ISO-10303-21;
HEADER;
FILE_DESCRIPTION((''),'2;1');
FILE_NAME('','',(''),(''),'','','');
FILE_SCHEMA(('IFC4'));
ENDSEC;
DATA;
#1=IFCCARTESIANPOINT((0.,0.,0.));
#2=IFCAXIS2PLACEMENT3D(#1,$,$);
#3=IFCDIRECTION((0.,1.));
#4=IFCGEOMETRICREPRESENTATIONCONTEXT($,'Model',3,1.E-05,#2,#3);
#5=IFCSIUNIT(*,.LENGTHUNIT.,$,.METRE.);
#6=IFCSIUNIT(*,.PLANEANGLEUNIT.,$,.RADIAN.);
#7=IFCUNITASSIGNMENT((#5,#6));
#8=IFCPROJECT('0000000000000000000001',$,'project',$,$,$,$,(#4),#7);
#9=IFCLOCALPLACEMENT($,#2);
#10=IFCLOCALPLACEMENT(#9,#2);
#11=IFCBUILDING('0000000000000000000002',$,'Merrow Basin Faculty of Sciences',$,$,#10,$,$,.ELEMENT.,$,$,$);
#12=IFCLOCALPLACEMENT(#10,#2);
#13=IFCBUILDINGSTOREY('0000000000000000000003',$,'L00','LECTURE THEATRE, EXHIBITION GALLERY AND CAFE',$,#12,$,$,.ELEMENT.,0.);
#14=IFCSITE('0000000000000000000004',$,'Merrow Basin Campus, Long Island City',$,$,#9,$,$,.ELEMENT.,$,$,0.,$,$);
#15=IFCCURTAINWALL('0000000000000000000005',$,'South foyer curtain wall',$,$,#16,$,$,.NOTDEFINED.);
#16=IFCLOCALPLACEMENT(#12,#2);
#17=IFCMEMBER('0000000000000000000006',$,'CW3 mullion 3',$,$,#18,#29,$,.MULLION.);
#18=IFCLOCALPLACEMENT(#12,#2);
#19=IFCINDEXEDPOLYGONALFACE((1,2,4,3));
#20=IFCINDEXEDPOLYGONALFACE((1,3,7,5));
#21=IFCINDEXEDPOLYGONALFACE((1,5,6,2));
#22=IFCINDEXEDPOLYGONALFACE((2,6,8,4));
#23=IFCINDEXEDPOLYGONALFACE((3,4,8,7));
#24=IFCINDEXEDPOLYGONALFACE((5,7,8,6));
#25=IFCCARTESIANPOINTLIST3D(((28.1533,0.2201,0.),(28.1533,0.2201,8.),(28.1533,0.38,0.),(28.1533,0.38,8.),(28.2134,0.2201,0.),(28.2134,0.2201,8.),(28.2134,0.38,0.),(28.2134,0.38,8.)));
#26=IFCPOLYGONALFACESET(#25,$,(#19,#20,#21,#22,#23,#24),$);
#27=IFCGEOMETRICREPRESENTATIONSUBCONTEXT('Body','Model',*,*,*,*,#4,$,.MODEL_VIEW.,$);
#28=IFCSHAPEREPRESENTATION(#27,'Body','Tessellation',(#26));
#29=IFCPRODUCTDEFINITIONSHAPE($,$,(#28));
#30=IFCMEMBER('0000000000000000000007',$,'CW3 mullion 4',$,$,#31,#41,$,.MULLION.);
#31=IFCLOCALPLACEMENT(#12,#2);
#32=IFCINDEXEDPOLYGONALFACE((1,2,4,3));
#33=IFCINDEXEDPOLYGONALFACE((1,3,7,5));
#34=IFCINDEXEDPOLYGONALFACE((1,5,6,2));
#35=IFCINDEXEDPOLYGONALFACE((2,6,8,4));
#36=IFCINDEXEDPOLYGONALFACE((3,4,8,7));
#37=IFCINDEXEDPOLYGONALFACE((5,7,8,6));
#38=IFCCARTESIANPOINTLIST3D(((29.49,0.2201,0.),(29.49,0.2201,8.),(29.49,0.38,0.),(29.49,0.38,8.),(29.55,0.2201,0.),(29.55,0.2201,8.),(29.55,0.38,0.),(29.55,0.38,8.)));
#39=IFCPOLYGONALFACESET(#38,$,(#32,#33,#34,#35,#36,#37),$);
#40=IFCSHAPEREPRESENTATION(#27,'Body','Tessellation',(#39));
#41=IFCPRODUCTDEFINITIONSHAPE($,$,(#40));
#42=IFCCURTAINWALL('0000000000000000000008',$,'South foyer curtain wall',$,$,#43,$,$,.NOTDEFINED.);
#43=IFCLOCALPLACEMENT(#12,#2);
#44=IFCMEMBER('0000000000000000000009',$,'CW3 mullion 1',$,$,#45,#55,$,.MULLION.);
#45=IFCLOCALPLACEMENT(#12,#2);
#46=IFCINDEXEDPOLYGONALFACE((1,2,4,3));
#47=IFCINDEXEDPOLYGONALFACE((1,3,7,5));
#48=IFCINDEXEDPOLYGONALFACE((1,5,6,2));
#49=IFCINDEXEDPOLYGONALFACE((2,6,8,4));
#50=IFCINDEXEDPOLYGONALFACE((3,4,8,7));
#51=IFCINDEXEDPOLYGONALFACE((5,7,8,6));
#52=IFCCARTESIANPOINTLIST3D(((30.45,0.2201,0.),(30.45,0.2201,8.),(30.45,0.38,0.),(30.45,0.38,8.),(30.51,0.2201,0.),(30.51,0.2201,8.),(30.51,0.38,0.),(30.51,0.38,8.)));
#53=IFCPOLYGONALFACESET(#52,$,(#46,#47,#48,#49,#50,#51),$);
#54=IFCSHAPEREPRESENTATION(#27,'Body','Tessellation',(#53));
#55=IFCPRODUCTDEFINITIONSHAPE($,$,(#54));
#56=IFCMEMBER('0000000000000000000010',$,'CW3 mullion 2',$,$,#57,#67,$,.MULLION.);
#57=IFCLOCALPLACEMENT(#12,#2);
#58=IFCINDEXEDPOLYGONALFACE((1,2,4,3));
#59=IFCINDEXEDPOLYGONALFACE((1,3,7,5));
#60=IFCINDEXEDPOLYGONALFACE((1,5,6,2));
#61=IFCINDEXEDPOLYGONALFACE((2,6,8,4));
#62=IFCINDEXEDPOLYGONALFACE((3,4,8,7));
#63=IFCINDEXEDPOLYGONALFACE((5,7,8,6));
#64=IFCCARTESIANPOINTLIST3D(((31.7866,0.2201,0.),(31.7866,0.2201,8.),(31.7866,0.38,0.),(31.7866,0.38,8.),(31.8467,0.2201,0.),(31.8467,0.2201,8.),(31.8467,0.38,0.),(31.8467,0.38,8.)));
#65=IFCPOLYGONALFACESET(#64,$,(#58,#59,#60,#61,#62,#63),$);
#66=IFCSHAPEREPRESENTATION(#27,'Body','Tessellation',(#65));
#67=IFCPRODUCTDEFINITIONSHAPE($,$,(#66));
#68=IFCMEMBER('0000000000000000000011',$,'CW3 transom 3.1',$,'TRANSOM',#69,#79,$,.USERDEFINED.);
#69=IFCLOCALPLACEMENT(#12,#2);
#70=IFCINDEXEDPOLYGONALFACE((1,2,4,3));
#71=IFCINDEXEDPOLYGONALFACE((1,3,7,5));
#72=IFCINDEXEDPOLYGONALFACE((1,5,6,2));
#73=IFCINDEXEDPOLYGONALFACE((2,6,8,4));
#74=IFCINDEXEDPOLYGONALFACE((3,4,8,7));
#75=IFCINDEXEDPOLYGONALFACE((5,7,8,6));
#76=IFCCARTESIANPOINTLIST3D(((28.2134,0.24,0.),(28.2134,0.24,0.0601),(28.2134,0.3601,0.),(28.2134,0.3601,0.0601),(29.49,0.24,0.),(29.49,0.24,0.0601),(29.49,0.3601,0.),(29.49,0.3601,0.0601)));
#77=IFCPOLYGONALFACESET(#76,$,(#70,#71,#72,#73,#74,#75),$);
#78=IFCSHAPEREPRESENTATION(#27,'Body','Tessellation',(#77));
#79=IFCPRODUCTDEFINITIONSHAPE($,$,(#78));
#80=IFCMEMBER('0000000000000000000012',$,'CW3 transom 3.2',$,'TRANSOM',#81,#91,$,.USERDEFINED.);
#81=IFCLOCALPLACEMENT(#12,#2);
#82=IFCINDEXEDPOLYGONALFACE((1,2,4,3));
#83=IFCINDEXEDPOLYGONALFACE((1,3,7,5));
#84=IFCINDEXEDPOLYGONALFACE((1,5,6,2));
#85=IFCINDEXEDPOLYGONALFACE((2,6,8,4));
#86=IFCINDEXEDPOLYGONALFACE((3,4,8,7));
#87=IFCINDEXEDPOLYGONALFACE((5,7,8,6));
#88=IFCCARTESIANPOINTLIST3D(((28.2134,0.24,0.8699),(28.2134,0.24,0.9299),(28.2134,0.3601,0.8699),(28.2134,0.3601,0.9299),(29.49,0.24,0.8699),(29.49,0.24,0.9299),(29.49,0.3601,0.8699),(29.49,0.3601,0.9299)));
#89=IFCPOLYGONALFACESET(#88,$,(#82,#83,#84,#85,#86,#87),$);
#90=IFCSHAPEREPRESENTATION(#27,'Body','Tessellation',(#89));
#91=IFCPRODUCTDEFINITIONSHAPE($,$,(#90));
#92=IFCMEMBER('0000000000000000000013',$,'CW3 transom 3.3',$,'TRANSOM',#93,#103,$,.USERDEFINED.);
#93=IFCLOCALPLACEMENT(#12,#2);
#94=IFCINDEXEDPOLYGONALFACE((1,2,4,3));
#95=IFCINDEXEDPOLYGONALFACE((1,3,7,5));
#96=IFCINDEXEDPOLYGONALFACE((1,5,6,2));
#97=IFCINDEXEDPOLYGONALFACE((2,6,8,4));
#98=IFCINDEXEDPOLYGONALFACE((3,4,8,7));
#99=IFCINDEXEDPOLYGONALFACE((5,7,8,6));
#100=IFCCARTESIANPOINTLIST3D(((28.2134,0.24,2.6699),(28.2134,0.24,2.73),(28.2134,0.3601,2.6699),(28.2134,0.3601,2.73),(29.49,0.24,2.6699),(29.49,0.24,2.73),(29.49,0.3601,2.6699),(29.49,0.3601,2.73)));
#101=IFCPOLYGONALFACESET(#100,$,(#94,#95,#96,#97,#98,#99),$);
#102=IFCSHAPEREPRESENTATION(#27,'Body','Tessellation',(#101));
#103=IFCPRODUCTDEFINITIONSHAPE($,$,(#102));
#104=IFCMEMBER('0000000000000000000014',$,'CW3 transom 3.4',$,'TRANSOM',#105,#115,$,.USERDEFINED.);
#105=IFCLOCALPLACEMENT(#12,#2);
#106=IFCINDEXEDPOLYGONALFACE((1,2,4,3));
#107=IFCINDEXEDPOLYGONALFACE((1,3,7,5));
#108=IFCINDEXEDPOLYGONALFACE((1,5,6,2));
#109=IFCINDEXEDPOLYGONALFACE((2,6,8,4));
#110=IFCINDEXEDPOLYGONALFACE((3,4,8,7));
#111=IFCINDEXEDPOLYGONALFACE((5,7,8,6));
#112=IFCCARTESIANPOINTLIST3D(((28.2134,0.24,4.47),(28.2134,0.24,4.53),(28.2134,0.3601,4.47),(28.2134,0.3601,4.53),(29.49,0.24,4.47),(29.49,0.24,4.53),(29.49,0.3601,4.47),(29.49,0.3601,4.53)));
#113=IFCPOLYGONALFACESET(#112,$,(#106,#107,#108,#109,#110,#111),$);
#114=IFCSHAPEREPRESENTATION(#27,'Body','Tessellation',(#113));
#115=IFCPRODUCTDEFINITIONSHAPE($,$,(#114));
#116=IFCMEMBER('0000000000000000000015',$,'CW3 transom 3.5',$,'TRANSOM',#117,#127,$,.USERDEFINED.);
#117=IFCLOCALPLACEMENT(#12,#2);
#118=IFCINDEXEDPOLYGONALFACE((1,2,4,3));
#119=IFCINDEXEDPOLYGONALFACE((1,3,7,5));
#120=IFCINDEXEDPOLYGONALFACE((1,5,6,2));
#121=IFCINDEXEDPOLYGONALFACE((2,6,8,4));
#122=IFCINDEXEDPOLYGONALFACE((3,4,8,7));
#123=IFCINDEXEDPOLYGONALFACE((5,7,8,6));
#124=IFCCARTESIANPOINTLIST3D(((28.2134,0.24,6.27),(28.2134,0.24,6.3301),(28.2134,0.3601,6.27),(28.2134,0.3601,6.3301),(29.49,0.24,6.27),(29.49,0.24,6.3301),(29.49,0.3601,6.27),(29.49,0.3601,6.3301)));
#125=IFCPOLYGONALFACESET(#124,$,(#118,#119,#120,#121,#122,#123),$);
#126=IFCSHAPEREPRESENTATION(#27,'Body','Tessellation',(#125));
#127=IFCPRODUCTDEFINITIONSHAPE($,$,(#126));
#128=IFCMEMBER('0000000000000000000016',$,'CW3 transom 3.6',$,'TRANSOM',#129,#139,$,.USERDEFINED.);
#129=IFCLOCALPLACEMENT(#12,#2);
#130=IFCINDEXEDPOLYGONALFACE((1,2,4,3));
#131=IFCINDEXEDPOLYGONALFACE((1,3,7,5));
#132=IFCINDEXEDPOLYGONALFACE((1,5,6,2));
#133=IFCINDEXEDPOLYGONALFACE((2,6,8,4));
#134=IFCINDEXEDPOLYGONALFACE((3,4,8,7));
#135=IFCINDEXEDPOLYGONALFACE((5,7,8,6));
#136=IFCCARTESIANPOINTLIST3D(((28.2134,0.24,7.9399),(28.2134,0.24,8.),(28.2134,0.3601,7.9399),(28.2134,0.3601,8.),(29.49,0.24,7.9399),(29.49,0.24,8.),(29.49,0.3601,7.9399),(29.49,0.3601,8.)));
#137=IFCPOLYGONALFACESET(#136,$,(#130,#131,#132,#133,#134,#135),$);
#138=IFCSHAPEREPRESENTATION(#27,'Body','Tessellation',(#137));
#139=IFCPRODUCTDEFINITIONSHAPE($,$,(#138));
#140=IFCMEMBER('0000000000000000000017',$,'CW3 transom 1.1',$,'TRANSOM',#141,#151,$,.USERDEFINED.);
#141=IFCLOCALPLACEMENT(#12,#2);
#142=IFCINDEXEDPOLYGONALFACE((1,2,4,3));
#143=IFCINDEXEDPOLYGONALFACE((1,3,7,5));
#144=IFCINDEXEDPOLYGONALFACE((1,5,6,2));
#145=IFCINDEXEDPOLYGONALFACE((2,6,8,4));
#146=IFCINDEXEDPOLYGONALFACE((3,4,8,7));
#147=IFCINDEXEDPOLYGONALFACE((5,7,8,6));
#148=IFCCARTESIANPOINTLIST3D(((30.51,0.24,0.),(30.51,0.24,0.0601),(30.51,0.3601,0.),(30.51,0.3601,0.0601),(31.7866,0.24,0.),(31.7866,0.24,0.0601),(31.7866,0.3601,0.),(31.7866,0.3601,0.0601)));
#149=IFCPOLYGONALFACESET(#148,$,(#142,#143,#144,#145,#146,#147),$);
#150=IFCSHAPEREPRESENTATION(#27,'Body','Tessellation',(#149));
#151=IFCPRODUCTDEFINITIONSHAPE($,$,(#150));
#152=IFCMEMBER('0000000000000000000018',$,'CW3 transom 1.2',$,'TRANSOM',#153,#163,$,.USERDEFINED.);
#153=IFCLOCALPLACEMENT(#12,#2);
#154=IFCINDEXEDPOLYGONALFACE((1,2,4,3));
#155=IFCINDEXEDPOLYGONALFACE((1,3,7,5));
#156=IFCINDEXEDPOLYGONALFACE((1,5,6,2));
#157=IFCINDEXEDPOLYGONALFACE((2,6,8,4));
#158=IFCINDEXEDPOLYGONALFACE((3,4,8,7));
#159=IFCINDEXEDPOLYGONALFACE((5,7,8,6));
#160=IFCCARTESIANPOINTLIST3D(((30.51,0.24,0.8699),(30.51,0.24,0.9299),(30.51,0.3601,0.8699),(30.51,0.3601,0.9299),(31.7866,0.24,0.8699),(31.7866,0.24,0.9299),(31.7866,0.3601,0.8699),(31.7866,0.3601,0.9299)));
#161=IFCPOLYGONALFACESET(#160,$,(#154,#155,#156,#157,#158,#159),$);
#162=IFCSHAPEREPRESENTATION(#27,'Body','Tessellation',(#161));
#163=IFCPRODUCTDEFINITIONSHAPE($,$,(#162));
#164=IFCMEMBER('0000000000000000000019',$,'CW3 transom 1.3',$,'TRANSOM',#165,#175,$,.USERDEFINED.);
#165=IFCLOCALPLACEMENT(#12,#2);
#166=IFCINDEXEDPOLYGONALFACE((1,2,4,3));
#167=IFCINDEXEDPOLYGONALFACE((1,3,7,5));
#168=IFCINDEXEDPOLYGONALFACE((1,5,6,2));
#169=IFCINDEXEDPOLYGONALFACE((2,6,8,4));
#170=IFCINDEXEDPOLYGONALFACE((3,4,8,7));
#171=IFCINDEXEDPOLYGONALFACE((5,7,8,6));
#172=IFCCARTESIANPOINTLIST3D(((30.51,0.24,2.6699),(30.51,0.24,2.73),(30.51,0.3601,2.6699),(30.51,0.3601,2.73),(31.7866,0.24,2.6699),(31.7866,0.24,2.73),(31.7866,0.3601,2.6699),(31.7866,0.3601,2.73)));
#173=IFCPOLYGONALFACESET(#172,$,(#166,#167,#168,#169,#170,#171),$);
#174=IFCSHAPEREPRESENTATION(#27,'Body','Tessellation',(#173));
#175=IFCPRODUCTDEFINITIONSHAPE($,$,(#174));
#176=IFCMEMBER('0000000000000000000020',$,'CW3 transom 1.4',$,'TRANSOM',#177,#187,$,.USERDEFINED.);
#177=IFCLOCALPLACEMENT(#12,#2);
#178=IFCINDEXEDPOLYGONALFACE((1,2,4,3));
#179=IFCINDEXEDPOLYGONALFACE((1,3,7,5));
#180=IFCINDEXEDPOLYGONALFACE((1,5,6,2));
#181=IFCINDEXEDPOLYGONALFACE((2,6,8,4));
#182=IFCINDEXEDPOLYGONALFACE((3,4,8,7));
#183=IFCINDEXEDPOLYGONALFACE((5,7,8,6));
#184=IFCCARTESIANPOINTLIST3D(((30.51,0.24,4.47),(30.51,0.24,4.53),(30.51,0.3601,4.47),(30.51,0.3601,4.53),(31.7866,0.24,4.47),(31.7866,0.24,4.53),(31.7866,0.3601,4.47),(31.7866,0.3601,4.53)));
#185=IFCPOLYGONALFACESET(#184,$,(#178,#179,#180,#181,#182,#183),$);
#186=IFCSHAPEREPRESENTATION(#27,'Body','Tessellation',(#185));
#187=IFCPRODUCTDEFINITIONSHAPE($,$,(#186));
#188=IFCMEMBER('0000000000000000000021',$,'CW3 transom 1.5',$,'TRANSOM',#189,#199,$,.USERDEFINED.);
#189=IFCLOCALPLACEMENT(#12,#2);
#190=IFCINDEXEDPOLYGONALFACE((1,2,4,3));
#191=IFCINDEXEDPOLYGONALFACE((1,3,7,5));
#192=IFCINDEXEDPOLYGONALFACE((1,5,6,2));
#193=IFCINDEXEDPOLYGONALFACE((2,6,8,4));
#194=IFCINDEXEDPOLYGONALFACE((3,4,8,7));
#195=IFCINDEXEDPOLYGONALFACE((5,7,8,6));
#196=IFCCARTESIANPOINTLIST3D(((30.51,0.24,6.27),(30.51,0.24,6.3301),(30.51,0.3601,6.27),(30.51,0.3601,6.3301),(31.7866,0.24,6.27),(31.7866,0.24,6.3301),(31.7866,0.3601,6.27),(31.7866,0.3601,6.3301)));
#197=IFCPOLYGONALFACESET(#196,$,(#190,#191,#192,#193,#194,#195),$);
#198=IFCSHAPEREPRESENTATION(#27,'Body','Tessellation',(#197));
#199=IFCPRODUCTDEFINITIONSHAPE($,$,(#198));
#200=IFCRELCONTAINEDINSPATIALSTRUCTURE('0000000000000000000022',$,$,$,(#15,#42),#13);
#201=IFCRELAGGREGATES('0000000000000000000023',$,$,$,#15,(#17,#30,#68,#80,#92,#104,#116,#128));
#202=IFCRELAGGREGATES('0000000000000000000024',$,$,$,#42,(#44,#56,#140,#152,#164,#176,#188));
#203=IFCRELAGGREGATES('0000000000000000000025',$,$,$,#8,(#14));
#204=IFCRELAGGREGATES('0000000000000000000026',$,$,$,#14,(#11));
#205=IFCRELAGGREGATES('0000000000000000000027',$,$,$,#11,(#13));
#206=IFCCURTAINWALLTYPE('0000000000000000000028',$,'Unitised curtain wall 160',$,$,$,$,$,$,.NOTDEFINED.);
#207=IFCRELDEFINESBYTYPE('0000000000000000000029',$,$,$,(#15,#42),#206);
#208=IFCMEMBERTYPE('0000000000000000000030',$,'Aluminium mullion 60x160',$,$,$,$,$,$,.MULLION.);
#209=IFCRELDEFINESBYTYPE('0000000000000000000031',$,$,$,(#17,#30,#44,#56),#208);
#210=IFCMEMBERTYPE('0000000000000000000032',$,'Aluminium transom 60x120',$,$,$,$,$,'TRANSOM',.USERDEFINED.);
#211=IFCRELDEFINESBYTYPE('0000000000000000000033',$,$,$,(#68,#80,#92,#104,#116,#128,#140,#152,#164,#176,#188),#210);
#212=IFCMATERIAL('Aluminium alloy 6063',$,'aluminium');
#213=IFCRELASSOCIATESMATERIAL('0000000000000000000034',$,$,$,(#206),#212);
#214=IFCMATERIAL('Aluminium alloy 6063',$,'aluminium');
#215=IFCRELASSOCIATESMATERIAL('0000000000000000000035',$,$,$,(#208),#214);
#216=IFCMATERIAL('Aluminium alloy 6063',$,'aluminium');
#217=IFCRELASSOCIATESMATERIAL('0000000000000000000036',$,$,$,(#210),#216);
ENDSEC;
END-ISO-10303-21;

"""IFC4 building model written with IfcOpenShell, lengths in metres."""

from ifc_helpers import new_model, si_unit, direction, frame, origin, origin_2d, place, context, subcontext, project, spatial, rectangle, extrude, material, material_profile, profile_set, type_object, element, aggregate, save


model = new_model("IFC4")

# Units and contexts
model_context = context("Model", 3, precision=1e-05, world=origin(), true_north=direction((0.0, 1.0)))
body_context = subcontext(model_context, "Body", "Model", "MODEL_VIEW")
ifc_project = project(units=[si_unit("LENGTHUNIT", "METRE"), si_unit("PLANEANGLEUNIT", "RADIAN")], contexts=[model_context])

# Site, building, storey
site_placement = place(None, origin())
site = spatial("IfcSite", under=ifc_project, at=site_placement, Name="Merrow Basin Campus, Long Island City", CompositionType="ELEMENT", RefElevation=0.0)
building_placement = place(site_placement, origin())
building = spatial("IfcBuilding", under=site, at=building_placement, Name="Merrow Basin Faculty of Sciences", CompositionType="ELEMENT")
storey_placement = place(building_placement, origin())
storey = spatial("IfcBuildingStorey", under=building, at=storey_placement, Name="L00", Description="LECTURE THEATRE, EXHIBITION GALLERY AND CAFE", CompositionType="ELEMENT", Elevation=0.0)

# Curtain walls, members
ifc_material_1 = material(Name="Aluminium alloy 6063", Category="aluminium")
curtain_wall_type = type_object("IfcCurtainWallType", Name="Unitised curtain wall 160", PredefinedType="NOTDEFINED", material=ifc_material_1)
curtain_wall_1_placement = place(storey_placement, origin())
curtain_wall_1 = element("IfcCurtainWall", 1, at=curtain_wall_1_placement, inside=storey, type_object=curtain_wall_type, Name="South foyer curtain wall", PredefinedType="NOTDEFINED")
ifc_material_2 = material(Name="Aluminium alloy 6063", Category="aluminium")
ifc_material_profile_1 = material_profile(ifc_material_2, rectangle(XDim=0.1599, YDim=0.0601, at=origin_2d()))
ifc_profile_set_1 = profile_set([ifc_material_profile_1], Name="Aluminium alloy 6063")
member_type_1 = type_object("IfcMemberType", Name="Aluminium mullion 60x160", PredefinedType="MULLION", material=ifc_profile_set_1)
member_1_placement = place(storey_placement, frame((28.1833, 0.3, 0.0), z_axis=(0.0, 0.0, 1.0), x_axis=(0.0, 1.0, 0.0)))
member_1 = element("IfcMember", 2, at=member_1_placement, type_object=member_type_1, Name="CW3 mullion 3", PredefinedType="MULLION", context=body_context, shape_type="SweptSolid", body=[
    extrude(rectangle(XDim=0.1599, YDim=0.0601, at=origin_2d()), origin(), (0.0, 0.0, 1.0), 8.0),
])
member_2_placement = place(storey_placement, frame((29.52, 0.3, 0.0), z_axis=(0.0, 0.0, 1.0), x_axis=(0.0, 1.0, 0.0)))
member_2 = element("IfcMember", 3, at=member_2_placement, type_object=member_type_1, Name="CW3 mullion 4", PredefinedType="MULLION", context=body_context, shape_type="SweptSolid", body=[
    extrude(rectangle(XDim=0.1599, YDim=0.0601, at=origin_2d()), origin(), (0.0, 0.0, 1.0), 8.0),
])
curtain_wall_2_placement = place(storey_placement, origin())
curtain_wall_2 = element("IfcCurtainWall", 4, at=curtain_wall_2_placement, inside=storey, type_object=curtain_wall_type, Name="South foyer curtain wall", PredefinedType="NOTDEFINED")
member_3_placement = place(storey_placement, frame((30.48, 0.3, 0.0), z_axis=(0.0, 0.0, 1.0), x_axis=(0.0, 1.0, 0.0)))
member_3 = element("IfcMember", 5, at=member_3_placement, type_object=member_type_1, Name="CW3 mullion 1", PredefinedType="MULLION", context=body_context, shape_type="SweptSolid", body=[
    extrude(rectangle(XDim=0.1599, YDim=0.0601, at=origin_2d()), origin(), (0.0, 0.0, 1.0), 8.0),
])
member_4_placement = place(storey_placement, frame((31.8167, 0.3, 0.0), z_axis=(0.0, 0.0, 1.0), x_axis=(0.0, 1.0, 0.0)))
member_4 = element("IfcMember", 6, at=member_4_placement, type_object=member_type_1, Name="CW3 mullion 2", PredefinedType="MULLION", context=body_context, shape_type="SweptSolid", body=[
    extrude(rectangle(XDim=0.1599, YDim=0.0601, at=origin_2d()), origin(), (0.0, 0.0, 1.0), 8.0),
])

# Members
ifc_material_3 = material(Name="Aluminium alloy 6063", Category="aluminium")
ifc_material_profile_2 = material_profile(ifc_material_3, rectangle(XDim=0.1201, YDim=0.0601, at=origin_2d()))
ifc_profile_set_2 = profile_set([ifc_material_profile_2], Name="Aluminium alloy 6063")
member_type_2 = type_object("IfcMemberType", Name="Aluminium transom 60x120", ElementType="TRANSOM", PredefinedType="USERDEFINED", material=ifc_profile_set_2)
member_5_placement = place(storey_placement, frame((28.2134, 0.3, 0.03), z_axis=(1.0, 0.0, 0.0), x_axis=(0.0, 1.0, 0.0)))
member_5 = element("IfcMember", 7, at=member_5_placement, type_object=member_type_2, Name="CW3 transom 3.1", ObjectType="TRANSOM", PredefinedType="USERDEFINED", context=body_context, shape_type="SweptSolid", body=[
    extrude(rectangle(XDim=0.1201, YDim=0.0601, at=origin_2d()), origin(), (0.0, 0.0, 1.0), 1.2766),
])
member_6_placement = place(storey_placement, frame((28.2134, 0.3, 0.8999), z_axis=(1.0, 0.0, 0.0), x_axis=(0.0, 1.0, 0.0)))
member_6 = element("IfcMember", 8, at=member_6_placement, type_object=member_type_2, Name="CW3 transom 3.2", ObjectType="TRANSOM", PredefinedType="USERDEFINED", context=body_context, shape_type="SweptSolid", body=[
    extrude(rectangle(XDim=0.1201, YDim=0.0601, at=origin_2d()), origin(), (0.0, 0.0, 1.0), 1.2766),
])
member_7_placement = place(storey_placement, frame((28.2134, 0.3, 2.7), z_axis=(1.0, 0.0, 0.0), x_axis=(0.0, 1.0, 0.0)))
member_7 = element("IfcMember", 9, at=member_7_placement, type_object=member_type_2, Name="CW3 transom 3.3", ObjectType="TRANSOM", PredefinedType="USERDEFINED", context=body_context, shape_type="SweptSolid", body=[
    extrude(rectangle(XDim=0.1201, YDim=0.0601, at=origin_2d()), origin(), (0.0, 0.0, 1.0), 1.2766),
])
member_8_placement = place(storey_placement, frame((28.2134, 0.3, 4.5), z_axis=(1.0, 0.0, 0.0), x_axis=(0.0, 1.0, 0.0)))
member_8 = element("IfcMember", 10, at=member_8_placement, type_object=member_type_2, Name="CW3 transom 3.4", ObjectType="TRANSOM", PredefinedType="USERDEFINED", context=body_context, shape_type="SweptSolid", body=[
    extrude(rectangle(XDim=0.1201, YDim=0.0601, at=origin_2d()), origin(), (0.0, 0.0, 1.0), 1.2766),
])
member_9_placement = place(storey_placement, frame((28.2134, 0.3, 6.3), z_axis=(1.0, 0.0, 0.0), x_axis=(0.0, 1.0, 0.0)))
member_9 = element("IfcMember", 11, at=member_9_placement, type_object=member_type_2, Name="CW3 transom 3.5", ObjectType="TRANSOM", PredefinedType="USERDEFINED", context=body_context, shape_type="SweptSolid", body=[
    extrude(rectangle(XDim=0.1201, YDim=0.0601, at=origin_2d()), origin(), (0.0, 0.0, 1.0), 1.2766),
])
member_10_placement = place(storey_placement, frame((28.2134, 0.3, 7.97), z_axis=(1.0, 0.0, 0.0), x_axis=(0.0, 1.0, 0.0)))
member_10 = element("IfcMember", 12, at=member_10_placement, type_object=member_type_2, Name="CW3 transom 3.6", ObjectType="TRANSOM", PredefinedType="USERDEFINED", context=body_context, shape_type="SweptSolid", body=[
    extrude(rectangle(XDim=0.1201, YDim=0.0601, at=origin_2d()), origin(), (0.0, 0.0, 1.0), 1.2766),
])
member_11_placement = place(storey_placement, frame((30.51, 0.3, 0.03), z_axis=(1.0, 0.0, 0.0), x_axis=(0.0, 1.0, 0.0)))
member_11 = element("IfcMember", 13, at=member_11_placement, type_object=member_type_2, Name="CW3 transom 1.1", ObjectType="TRANSOM", PredefinedType="USERDEFINED", context=body_context, shape_type="SweptSolid", body=[
    extrude(rectangle(XDim=0.1201, YDim=0.0601, at=origin_2d()), origin(), (0.0, 0.0, 1.0), 1.2766),
])
member_12_placement = place(storey_placement, frame((30.51, 0.3, 0.8999), z_axis=(1.0, 0.0, 0.0), x_axis=(0.0, 1.0, 0.0)))
member_12 = element("IfcMember", 14, at=member_12_placement, type_object=member_type_2, Name="CW3 transom 1.2", ObjectType="TRANSOM", PredefinedType="USERDEFINED", context=body_context, shape_type="SweptSolid", body=[
    extrude(rectangle(XDim=0.1201, YDim=0.0601, at=origin_2d()), origin(), (0.0, 0.0, 1.0), 1.2766),
])
member_13_placement = place(storey_placement, frame((30.51, 0.3, 2.7), z_axis=(1.0, 0.0, 0.0), x_axis=(0.0, 1.0, 0.0)))
member_13 = element("IfcMember", 15, at=member_13_placement, type_object=member_type_2, Name="CW3 transom 1.3", ObjectType="TRANSOM", PredefinedType="USERDEFINED", context=body_context, shape_type="SweptSolid", body=[
    extrude(rectangle(XDim=0.1201, YDim=0.0601, at=origin_2d()), origin(), (0.0, 0.0, 1.0), 1.2766),
])
member_14_placement = place(storey_placement, frame((30.51, 0.3, 4.5), z_axis=(1.0, 0.0, 0.0), x_axis=(0.0, 1.0, 0.0)))
member_14 = element("IfcMember", 16, at=member_14_placement, type_object=member_type_2, Name="CW3 transom 1.4", ObjectType="TRANSOM", PredefinedType="USERDEFINED", context=body_context, shape_type="SweptSolid", body=[
    extrude(rectangle(XDim=0.1201, YDim=0.0601, at=origin_2d()), origin(), (0.0, 0.0, 1.0), 1.2766),
])
member_15_placement = place(storey_placement, frame((30.51, 0.3, 6.3), z_axis=(1.0, 0.0, 0.0), x_axis=(0.0, 1.0, 0.0)))
member_15 = element("IfcMember", 17, at=member_15_placement, type_object=member_type_2, Name="CW3 transom 1.5", ObjectType="TRANSOM", PredefinedType="USERDEFINED", context=body_context, shape_type="SweptSolid", body=[
    extrude(rectangle(XDim=0.1201, YDim=0.0601, at=origin_2d()), origin(), (0.0, 0.0, 1.0), 1.2766),
])

aggregate(curtain_wall_1, [member_1, member_2, member_5, member_6, member_7, member_8, member_9, member_10])
aggregate(curtain_wall_2, [member_3, member_4, member_11, member_12, member_13, member_14, member_15])

save(model, "model.ifc")
